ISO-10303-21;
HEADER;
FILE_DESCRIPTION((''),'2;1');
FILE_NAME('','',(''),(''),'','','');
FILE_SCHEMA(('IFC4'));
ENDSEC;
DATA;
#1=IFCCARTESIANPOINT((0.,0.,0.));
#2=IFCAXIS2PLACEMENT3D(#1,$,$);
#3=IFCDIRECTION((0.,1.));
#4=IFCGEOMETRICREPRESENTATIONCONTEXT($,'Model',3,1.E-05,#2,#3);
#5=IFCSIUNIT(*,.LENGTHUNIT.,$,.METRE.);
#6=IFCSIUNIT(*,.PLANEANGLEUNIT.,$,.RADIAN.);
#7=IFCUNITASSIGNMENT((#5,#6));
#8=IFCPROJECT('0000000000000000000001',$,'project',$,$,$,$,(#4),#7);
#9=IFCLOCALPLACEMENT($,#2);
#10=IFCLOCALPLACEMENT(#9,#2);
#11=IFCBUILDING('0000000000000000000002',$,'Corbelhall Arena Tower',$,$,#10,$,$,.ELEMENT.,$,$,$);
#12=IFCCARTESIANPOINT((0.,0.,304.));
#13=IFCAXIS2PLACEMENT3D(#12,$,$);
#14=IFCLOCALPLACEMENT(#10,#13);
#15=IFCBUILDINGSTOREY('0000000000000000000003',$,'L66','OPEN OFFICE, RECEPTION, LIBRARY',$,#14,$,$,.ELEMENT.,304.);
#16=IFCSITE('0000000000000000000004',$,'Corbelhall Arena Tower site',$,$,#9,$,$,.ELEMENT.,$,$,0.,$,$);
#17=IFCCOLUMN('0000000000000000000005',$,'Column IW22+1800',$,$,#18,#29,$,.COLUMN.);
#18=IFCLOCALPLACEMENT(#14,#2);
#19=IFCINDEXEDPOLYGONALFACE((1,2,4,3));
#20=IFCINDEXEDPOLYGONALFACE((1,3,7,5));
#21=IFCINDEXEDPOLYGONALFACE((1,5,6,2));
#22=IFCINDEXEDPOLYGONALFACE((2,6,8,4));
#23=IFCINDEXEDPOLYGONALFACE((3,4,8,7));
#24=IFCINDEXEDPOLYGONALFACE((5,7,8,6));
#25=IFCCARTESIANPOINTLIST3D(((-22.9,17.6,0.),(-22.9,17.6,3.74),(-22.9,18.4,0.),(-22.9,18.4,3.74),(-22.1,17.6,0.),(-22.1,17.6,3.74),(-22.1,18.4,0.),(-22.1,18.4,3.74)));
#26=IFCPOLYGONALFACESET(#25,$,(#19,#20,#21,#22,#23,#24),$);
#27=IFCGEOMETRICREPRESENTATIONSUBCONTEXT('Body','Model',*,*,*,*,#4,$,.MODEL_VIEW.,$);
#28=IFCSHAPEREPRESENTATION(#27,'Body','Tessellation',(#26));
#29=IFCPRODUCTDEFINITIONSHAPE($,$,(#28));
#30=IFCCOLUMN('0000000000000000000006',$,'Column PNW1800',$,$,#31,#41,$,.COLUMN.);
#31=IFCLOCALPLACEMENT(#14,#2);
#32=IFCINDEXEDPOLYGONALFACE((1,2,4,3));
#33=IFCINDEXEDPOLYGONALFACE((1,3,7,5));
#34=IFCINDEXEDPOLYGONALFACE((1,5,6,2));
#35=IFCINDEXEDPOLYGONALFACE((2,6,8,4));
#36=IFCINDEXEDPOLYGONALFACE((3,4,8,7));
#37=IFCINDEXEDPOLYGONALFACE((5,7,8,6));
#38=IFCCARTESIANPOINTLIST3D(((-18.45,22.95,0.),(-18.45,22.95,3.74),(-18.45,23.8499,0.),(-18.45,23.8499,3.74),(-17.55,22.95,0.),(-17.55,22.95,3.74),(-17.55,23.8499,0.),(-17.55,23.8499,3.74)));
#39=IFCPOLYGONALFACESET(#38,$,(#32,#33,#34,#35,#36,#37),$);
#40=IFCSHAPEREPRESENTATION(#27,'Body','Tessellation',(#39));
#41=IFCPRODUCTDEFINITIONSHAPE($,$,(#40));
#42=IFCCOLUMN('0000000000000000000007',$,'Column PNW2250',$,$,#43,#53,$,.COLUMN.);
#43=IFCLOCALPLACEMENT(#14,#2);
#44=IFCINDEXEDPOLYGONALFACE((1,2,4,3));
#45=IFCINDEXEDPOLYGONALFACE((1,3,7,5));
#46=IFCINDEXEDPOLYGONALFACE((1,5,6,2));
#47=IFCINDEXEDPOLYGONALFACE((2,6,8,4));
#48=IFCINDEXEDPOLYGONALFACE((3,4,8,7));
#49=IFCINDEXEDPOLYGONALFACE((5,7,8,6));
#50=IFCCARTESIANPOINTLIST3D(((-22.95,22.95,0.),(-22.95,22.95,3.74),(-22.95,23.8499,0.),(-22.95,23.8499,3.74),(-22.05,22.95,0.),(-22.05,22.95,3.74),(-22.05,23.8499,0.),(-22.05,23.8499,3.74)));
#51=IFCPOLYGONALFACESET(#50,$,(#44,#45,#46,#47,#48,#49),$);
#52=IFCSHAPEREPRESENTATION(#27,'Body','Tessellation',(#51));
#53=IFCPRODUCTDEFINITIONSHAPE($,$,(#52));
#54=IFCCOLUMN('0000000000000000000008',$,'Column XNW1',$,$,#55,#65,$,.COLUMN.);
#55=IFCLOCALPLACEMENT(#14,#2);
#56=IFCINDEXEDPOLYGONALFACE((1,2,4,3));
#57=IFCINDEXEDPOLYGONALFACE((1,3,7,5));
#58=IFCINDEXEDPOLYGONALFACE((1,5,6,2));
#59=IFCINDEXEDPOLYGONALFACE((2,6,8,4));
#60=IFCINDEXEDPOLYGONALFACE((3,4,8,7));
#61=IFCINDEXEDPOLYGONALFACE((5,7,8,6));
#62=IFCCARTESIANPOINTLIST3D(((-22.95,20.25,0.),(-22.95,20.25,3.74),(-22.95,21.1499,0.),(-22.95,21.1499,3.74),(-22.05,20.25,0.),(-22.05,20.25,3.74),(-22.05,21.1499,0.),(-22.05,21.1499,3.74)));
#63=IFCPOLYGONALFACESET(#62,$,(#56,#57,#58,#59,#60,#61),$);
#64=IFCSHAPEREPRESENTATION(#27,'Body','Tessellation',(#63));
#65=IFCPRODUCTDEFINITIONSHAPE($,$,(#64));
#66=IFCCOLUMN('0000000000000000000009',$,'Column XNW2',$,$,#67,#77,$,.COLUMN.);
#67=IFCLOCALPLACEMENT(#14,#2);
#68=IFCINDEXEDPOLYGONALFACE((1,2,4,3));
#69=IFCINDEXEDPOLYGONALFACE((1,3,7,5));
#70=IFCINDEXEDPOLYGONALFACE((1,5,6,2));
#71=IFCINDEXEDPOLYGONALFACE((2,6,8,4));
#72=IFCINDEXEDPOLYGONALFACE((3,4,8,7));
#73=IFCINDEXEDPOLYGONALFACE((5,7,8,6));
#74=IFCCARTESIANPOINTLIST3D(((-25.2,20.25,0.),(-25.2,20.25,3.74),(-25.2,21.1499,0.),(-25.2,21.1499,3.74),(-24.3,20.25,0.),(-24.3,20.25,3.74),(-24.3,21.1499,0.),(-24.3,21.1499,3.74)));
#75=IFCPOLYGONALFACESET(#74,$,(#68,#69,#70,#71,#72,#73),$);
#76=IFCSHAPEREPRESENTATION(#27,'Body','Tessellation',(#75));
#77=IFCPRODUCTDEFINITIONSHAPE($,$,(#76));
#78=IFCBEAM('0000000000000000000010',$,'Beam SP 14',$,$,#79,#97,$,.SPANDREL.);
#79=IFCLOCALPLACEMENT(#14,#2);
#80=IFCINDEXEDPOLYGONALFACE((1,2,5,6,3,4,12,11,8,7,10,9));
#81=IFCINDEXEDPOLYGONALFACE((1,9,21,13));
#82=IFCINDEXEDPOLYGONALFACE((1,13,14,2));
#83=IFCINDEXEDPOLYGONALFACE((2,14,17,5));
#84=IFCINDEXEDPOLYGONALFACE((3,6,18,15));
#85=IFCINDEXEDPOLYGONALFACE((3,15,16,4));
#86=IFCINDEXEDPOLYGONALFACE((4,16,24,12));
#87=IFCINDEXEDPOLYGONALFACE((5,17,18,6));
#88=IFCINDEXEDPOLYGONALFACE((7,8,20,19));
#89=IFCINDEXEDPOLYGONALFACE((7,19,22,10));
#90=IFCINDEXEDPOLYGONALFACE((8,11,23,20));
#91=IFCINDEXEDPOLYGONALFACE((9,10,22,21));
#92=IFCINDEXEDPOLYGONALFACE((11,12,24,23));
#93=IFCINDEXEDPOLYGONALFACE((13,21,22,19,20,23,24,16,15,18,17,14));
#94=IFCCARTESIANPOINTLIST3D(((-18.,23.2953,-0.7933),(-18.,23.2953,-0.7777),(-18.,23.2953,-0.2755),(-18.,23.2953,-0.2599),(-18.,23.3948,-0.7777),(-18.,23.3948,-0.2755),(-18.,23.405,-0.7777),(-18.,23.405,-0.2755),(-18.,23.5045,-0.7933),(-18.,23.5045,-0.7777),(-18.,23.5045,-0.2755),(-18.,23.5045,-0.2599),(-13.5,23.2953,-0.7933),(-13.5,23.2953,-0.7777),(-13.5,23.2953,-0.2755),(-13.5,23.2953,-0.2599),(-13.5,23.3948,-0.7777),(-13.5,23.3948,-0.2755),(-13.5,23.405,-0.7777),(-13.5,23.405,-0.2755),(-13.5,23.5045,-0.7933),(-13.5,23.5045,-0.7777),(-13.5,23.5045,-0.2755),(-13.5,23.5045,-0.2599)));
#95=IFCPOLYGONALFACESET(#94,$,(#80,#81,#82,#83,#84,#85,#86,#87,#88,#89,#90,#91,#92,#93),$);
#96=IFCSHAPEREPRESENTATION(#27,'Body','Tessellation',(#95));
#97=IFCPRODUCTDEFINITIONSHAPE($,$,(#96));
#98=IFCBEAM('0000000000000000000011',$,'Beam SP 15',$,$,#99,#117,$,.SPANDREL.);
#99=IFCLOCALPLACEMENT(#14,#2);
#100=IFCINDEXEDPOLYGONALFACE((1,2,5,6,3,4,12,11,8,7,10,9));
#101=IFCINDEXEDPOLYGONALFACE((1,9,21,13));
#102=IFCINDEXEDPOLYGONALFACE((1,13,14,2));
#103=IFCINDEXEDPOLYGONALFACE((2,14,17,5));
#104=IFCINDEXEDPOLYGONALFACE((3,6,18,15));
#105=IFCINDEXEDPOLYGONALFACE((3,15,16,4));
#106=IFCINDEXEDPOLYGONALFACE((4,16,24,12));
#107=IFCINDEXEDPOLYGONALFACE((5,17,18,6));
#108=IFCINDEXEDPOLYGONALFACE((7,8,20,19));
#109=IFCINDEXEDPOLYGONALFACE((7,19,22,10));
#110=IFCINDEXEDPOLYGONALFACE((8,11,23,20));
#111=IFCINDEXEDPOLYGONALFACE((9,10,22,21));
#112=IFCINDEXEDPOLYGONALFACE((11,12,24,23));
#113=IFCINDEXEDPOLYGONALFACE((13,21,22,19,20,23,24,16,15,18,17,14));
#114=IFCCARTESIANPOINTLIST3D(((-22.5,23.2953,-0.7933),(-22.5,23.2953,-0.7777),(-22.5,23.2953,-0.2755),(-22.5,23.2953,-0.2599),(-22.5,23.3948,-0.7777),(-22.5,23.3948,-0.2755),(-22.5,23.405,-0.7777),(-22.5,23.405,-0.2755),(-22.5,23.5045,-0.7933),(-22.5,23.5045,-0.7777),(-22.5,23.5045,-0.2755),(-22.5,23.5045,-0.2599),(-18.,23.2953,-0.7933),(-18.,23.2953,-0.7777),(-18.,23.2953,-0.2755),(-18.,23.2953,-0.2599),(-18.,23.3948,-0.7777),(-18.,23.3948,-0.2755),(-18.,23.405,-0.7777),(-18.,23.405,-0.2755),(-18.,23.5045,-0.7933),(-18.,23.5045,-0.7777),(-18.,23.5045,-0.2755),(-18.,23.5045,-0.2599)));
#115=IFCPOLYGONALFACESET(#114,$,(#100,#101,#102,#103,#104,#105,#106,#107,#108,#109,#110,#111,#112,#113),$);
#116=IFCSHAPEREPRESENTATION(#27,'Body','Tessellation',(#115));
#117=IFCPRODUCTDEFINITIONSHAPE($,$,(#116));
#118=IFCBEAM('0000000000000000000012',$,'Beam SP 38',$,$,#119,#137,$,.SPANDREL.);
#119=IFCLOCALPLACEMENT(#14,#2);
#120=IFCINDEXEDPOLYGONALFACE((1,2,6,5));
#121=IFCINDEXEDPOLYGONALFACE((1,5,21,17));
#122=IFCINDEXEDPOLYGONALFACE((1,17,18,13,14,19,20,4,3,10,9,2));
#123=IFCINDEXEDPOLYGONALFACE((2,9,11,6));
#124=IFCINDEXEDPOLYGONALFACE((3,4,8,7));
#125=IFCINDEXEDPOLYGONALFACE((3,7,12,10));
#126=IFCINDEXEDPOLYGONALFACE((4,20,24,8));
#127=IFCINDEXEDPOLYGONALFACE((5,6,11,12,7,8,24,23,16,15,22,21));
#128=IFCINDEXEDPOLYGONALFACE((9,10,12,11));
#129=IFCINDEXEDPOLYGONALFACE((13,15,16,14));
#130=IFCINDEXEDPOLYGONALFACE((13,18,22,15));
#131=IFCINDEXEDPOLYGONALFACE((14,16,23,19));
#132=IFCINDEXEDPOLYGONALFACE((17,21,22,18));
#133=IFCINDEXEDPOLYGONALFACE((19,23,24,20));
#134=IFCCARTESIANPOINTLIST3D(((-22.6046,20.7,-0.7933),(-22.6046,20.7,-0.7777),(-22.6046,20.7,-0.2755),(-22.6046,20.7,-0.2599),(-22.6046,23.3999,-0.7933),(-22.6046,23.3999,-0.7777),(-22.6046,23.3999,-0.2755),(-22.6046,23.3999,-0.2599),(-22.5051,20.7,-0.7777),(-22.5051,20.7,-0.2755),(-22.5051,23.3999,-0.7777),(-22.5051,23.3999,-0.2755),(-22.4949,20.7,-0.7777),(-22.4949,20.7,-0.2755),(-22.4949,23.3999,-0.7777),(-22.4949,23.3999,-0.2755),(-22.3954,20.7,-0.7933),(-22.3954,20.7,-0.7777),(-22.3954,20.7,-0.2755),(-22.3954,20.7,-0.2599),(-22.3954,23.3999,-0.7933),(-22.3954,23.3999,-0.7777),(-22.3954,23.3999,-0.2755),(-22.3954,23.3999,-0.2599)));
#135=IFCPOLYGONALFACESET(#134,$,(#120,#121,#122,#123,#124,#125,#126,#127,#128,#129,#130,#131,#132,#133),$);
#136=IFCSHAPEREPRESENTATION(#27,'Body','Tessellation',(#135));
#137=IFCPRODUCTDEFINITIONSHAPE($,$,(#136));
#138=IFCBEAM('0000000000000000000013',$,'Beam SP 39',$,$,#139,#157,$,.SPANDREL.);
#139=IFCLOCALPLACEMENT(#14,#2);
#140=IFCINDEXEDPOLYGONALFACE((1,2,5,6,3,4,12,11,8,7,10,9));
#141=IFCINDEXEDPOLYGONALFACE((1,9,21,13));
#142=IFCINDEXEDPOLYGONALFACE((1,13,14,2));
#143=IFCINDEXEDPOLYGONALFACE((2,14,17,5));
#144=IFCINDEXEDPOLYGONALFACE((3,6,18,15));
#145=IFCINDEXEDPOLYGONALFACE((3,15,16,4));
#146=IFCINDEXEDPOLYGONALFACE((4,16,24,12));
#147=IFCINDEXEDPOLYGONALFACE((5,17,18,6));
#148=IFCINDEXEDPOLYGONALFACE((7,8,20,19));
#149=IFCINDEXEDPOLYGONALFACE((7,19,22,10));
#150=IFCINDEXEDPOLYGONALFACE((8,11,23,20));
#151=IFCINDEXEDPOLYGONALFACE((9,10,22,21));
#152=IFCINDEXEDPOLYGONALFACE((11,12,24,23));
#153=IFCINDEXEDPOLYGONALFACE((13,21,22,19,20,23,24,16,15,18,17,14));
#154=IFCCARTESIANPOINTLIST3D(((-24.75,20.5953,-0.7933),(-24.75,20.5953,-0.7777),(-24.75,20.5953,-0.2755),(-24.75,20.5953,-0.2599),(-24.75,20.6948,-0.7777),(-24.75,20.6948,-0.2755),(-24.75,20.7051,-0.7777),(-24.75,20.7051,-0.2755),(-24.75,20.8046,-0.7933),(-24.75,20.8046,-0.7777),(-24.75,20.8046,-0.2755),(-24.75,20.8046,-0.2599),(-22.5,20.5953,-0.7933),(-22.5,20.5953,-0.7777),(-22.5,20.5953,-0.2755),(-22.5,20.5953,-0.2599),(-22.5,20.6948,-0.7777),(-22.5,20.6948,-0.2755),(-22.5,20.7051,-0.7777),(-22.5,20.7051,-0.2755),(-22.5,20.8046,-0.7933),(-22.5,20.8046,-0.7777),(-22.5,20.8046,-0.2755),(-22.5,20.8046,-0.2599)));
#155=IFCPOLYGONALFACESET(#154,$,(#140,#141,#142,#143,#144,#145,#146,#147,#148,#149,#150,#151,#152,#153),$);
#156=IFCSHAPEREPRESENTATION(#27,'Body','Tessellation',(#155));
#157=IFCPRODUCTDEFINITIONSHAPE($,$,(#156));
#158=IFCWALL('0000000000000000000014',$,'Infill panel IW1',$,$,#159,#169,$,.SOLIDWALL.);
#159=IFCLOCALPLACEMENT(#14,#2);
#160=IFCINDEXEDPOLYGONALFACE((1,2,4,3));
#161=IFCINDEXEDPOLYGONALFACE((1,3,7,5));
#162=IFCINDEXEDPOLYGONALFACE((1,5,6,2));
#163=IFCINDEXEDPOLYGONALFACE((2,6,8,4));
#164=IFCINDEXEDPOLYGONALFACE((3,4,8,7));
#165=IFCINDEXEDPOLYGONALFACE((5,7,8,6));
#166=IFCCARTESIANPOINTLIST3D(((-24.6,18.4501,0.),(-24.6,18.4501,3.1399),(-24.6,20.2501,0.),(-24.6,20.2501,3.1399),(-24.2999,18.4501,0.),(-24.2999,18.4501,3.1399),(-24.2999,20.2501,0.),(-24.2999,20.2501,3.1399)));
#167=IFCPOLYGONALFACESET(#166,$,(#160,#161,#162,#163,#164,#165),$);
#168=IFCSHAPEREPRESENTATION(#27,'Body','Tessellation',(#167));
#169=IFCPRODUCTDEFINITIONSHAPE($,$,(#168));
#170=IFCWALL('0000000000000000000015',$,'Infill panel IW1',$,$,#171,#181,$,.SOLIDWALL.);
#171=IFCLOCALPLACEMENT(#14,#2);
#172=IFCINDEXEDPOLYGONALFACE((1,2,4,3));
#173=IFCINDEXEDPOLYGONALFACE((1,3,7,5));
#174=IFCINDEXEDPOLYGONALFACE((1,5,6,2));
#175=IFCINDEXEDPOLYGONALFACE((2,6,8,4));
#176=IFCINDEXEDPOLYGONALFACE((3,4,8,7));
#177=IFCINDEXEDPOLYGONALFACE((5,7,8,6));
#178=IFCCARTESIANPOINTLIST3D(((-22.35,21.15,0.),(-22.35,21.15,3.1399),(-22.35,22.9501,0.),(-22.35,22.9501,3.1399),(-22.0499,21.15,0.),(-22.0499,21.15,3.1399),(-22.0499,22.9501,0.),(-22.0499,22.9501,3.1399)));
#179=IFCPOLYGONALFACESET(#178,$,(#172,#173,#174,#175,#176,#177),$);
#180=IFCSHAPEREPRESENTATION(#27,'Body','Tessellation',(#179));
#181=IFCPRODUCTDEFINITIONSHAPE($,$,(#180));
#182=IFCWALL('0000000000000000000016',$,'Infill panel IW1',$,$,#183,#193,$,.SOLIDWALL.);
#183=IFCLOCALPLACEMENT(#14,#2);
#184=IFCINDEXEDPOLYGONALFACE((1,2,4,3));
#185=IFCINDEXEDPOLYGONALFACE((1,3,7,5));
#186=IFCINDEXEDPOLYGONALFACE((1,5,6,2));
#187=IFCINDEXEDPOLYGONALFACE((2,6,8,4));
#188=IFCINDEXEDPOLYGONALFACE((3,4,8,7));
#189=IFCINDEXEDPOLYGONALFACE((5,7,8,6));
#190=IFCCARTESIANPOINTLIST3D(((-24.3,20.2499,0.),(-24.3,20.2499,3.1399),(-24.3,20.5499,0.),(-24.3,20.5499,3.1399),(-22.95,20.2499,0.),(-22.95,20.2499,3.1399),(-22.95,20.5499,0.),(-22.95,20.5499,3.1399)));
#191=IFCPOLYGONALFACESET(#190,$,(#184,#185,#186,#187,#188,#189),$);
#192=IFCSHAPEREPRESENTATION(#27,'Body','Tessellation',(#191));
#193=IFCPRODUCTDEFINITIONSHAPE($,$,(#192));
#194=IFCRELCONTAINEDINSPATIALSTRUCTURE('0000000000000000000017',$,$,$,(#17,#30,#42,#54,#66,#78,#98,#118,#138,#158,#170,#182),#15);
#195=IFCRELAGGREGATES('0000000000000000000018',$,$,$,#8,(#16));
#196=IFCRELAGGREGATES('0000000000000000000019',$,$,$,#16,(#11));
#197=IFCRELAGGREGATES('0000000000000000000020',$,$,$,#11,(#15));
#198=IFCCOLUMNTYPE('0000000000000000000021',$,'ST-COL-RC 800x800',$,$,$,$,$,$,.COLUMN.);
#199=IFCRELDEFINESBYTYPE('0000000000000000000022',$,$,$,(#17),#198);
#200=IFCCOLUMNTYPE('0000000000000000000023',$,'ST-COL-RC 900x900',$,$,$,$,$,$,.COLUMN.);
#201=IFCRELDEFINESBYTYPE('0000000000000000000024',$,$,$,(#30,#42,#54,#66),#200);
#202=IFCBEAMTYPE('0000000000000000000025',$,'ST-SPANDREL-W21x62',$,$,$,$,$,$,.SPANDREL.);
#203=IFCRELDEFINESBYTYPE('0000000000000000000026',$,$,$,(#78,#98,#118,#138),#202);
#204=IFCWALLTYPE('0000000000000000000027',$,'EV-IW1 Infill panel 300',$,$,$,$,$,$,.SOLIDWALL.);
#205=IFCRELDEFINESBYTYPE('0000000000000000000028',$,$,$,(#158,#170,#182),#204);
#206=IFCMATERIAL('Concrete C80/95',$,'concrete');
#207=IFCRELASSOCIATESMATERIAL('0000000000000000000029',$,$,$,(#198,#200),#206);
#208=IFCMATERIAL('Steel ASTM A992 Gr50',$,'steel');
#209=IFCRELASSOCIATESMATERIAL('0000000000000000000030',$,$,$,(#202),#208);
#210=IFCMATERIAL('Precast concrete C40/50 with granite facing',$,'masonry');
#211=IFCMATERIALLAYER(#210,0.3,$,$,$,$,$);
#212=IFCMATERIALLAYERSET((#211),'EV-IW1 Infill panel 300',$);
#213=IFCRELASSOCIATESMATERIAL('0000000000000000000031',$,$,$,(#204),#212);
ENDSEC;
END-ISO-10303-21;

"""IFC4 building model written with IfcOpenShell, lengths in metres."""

from ifc_helpers import new_model, si_unit, direction, frame, frame_2d, origin, origin_2d, place, context, subcontext, project, spatial, rectangle, i_section, extrude, material, layer, layer_set, material_profile, profile_set, type_object, element, save


model = new_model("IFC4")

# Units and contexts
model_context = context("Model", 3, precision=1e-05, world=origin(), true_north=direction((0.0, 1.0)))
body_context = subcontext(model_context, "Body", "Model", "MODEL_VIEW")
ifc_project = project(units=[si_unit("LENGTHUNIT", "METRE"), si_unit("PLANEANGLEUNIT", "RADIAN")], contexts=[model_context])

# Site, building, storey
site_placement = place(None, origin())
site = spatial("IfcSite", under=ifc_project, at=site_placement, Name="Corbelhall Arena Tower site", CompositionType="ELEMENT", RefElevation=0.0)
building_placement = place(site_placement, origin())
building = spatial("IfcBuilding", under=site, at=building_placement, Name="Corbelhall Arena Tower", CompositionType="ELEMENT")
storey_placement = place(building_placement, frame((0.0, 0.0, 304.0)))
storey = spatial("IfcBuildingStorey", under=building, at=storey_placement, Name="L66", Description="OPEN OFFICE, RECEPTION, LIBRARY", CompositionType="ELEMENT", Elevation=304.0)

# Columns
ifc_material_1 = material(Name="Concrete C80/95", Category="concrete")
ifc_material_profile_1 = material_profile(ifc_material_1, rectangle(XDim=0.8, YDim=0.8, at=origin_2d()))
ifc_profile_set_1 = profile_set([ifc_material_profile_1], Name="Concrete C80/95")
column_type_1 = type_object("IfcColumnType", Name="ST-COL-RC 800x800", PredefinedType="COLUMN", material=ifc_profile_set_1)
column_placement = place(storey_placement, frame((-22.5, 18.0, 0.0), z_axis=(0.0, 0.0, 1.0), x_axis=(1.0, 0.0, 0.0)))
element("IfcColumn", 1, at=column_placement, inside=storey, type_object=column_type_1, Name="Column IW22+1800", PredefinedType="COLUMN", context=body_context, shape_type="SweptSolid", body=[
    extrude(rectangle(XDim=0.8, YDim=0.8, at=origin_2d()), origin(), (0.0, 0.0, 1.0), 3.74),
])
ifc_material_profile_2 = material_profile(ifc_material_1, rectangle(XDim=0.8999, YDim=0.8999, at=origin_2d()))
ifc_profile_set_2 = profile_set([ifc_material_profile_2], Name="Concrete C80/95")
column_type_2 = type_object("IfcColumnType", Name="ST-COL-RC 900x900", PredefinedType="COLUMN", material=ifc_profile_set_2)
for number, where, z_axis, x_axis, name in (
    (2, (-18.0, 23.3999, 0.0), (0.0, 0.0, 1.0), (1.0, 0.0, 0.0), "Column PNW1800"),
    (3, (-22.5, 23.3999, 0.0), (0.0, 0.0, 1.0), (1.0, 0.0, 0.0), "Column PNW2250"),
    (4, (-22.5, 20.7, 0.0), (0.0, 0.0, 1.0), (1.0, 0.0, 0.0), "Column XNW1"),
    (5, (-24.75, 20.7, 0.0), (0.0, 0.0, 1.0), (1.0, 0.0, 0.0), "Column XNW2"),
):
    element("IfcColumn", number, at=place(storey_placement, frame(where, z_axis=z_axis, x_axis=x_axis)), inside=storey, type_object=column_type_2, Name=name, PredefinedType="COLUMN", context=body_context, shape_type="SweptSolid", body=[
        extrude(rectangle(XDim=0.8999, YDim=0.8999, at=origin_2d()), origin(), (0.0, 0.0, 1.0), 3.74),
    ])

# Beams
ifc_material_2 = material(Name="Steel ASTM A992 Gr50", Category="steel")
ifc_material_profile_3 = material_profile(ifc_material_2, i_section(OverallWidth=0.2092, OverallDepth=0.5334, WebThickness=0.0103, FlangeThickness=0.0156, at=origin_2d()))
ifc_profile_set_3 = profile_set([ifc_material_profile_3], Name="Steel ASTM A992 Gr50")
beam_type = type_object("IfcBeamType", Name="ST-SPANDREL-W21x62", PredefinedType="SPANDREL", material=ifc_profile_set_3)
for number, where, z_axis, x_axis, name in (
    (6, (-18.0, 23.3999, -0.5266), (1.0, 0.0, 0.0), (0.0, 1.0, 0.0), "Beam SP 14"),
    (7, (-22.5, 23.3999, -0.5266), (1.0, 0.0, 0.0), (0.0, 1.0, 0.0), "Beam SP 15"),
):
    element("IfcBeam", number, at=place(storey_placement, frame(where, z_axis=z_axis, x_axis=x_axis)), inside=storey, type_object=beam_type, Name=name, PredefinedType="SPANDREL", context=body_context, shape_type="SweptSolid", body=[
        extrude(i_section(OverallWidth=0.2092, OverallDepth=0.5334, WebThickness=0.0103, FlangeThickness=0.0156, at=origin_2d()), origin(), (0.0, 0.0, 1.0), 4.5),
    ])
beam_1_placement = place(storey_placement, frame((-22.5, 20.7, -0.5266), z_axis=(0.0, 1.0, 0.0), x_axis=(-1.0, 0.0, 0.0)))
element("IfcBeam", 8, at=beam_1_placement, inside=storey, type_object=beam_type, Name="Beam SP 38", PredefinedType="SPANDREL", context=body_context, shape_type="SweptSolid", body=[
    extrude(i_section(OverallWidth=0.2092, OverallDepth=0.5334, WebThickness=0.0103, FlangeThickness=0.0156, at=origin_2d()), origin(), (0.0, 0.0, 1.0), 2.7),
])
beam_2_placement = place(storey_placement, frame((-24.75, 20.7, -0.5266), z_axis=(1.0, 0.0, 0.0), x_axis=(0.0, 1.0, 0.0)))
element("IfcBeam", 9, at=beam_2_placement, inside=storey, type_object=beam_type, Name="Beam SP 39", PredefinedType="SPANDREL", context=body_context, shape_type="SweptSolid", body=[
    extrude(i_section(OverallWidth=0.2092, OverallDepth=0.5334, WebThickness=0.0103, FlangeThickness=0.0156, at=origin_2d()), origin(), (0.0, 0.0, 1.0), 2.25),
])

# Wall
ifc_material_3 = material(Name="Precast concrete C40/50 with granite facing", Category="masonry")
ifc_layer_1 = layer(ifc_material_3, 0.3)
ifc_layer_set_1 = layer_set([ifc_layer_1], Name="EV-IW1 Infill panel 300")
wall_type_1 = type_object("IfcWallType", Name="EV-IW1 Infill panel 300", PredefinedType="SOLIDWALL", material=ifc_layer_set_1)
wall_1_placement = place(storey_placement, frame((-24.45, 20.25, 0.0), z_axis=(0.0, 0.0, 1.0), x_axis=(0.0, -1.0, 0.0)))
element("IfcWall", 10, at=wall_1_placement, inside=storey, type_object=wall_type_1, Name="Infill panel IW1", PredefinedType="SOLIDWALL", context=body_context, shape_type="SweptSolid", body=[
    extrude(rectangle(XDim=1.8, YDim=0.3, at=frame_2d((0.8999, 0.0))), origin(), (0.0, 0.0, 1.0), 3.1399),
])

# Walls
wall_2_placement = place(storey_placement, frame((-22.2, 22.95, 0.0), z_axis=(0.0, 0.0, 1.0), x_axis=(0.0, -1.0, 0.0)))
element("IfcWall", 11, at=wall_2_placement, inside=storey, type_object=wall_type_1, Name="Infill panel IW1", PredefinedType="SOLIDWALL", context=body_context, shape_type="SweptSolid", body=[
    extrude(rectangle(XDim=1.8, YDim=0.3, at=frame_2d((0.8999, 0.0))), origin(), (0.0, 0.0, 1.0), 3.1399),
])
wall_3_placement = place(storey_placement, frame((-22.95, 20.3999, 0.0), z_axis=(0.0, 0.0, 1.0), x_axis=(-1.0, 0.0, 0.0)))
element("IfcWall", 12, at=wall_3_placement, inside=storey, type_object=wall_type_1, Name="Infill panel IW1", PredefinedType="SOLIDWALL", context=body_context, shape_type="SweptSolid", body=[
    extrude(rectangle(XDim=1.3501, YDim=0.3, at=frame_2d((0.675, 0.0))), origin(), (0.0, 0.0, 1.0), 3.1399),
])

save(model, "model.ifc")
